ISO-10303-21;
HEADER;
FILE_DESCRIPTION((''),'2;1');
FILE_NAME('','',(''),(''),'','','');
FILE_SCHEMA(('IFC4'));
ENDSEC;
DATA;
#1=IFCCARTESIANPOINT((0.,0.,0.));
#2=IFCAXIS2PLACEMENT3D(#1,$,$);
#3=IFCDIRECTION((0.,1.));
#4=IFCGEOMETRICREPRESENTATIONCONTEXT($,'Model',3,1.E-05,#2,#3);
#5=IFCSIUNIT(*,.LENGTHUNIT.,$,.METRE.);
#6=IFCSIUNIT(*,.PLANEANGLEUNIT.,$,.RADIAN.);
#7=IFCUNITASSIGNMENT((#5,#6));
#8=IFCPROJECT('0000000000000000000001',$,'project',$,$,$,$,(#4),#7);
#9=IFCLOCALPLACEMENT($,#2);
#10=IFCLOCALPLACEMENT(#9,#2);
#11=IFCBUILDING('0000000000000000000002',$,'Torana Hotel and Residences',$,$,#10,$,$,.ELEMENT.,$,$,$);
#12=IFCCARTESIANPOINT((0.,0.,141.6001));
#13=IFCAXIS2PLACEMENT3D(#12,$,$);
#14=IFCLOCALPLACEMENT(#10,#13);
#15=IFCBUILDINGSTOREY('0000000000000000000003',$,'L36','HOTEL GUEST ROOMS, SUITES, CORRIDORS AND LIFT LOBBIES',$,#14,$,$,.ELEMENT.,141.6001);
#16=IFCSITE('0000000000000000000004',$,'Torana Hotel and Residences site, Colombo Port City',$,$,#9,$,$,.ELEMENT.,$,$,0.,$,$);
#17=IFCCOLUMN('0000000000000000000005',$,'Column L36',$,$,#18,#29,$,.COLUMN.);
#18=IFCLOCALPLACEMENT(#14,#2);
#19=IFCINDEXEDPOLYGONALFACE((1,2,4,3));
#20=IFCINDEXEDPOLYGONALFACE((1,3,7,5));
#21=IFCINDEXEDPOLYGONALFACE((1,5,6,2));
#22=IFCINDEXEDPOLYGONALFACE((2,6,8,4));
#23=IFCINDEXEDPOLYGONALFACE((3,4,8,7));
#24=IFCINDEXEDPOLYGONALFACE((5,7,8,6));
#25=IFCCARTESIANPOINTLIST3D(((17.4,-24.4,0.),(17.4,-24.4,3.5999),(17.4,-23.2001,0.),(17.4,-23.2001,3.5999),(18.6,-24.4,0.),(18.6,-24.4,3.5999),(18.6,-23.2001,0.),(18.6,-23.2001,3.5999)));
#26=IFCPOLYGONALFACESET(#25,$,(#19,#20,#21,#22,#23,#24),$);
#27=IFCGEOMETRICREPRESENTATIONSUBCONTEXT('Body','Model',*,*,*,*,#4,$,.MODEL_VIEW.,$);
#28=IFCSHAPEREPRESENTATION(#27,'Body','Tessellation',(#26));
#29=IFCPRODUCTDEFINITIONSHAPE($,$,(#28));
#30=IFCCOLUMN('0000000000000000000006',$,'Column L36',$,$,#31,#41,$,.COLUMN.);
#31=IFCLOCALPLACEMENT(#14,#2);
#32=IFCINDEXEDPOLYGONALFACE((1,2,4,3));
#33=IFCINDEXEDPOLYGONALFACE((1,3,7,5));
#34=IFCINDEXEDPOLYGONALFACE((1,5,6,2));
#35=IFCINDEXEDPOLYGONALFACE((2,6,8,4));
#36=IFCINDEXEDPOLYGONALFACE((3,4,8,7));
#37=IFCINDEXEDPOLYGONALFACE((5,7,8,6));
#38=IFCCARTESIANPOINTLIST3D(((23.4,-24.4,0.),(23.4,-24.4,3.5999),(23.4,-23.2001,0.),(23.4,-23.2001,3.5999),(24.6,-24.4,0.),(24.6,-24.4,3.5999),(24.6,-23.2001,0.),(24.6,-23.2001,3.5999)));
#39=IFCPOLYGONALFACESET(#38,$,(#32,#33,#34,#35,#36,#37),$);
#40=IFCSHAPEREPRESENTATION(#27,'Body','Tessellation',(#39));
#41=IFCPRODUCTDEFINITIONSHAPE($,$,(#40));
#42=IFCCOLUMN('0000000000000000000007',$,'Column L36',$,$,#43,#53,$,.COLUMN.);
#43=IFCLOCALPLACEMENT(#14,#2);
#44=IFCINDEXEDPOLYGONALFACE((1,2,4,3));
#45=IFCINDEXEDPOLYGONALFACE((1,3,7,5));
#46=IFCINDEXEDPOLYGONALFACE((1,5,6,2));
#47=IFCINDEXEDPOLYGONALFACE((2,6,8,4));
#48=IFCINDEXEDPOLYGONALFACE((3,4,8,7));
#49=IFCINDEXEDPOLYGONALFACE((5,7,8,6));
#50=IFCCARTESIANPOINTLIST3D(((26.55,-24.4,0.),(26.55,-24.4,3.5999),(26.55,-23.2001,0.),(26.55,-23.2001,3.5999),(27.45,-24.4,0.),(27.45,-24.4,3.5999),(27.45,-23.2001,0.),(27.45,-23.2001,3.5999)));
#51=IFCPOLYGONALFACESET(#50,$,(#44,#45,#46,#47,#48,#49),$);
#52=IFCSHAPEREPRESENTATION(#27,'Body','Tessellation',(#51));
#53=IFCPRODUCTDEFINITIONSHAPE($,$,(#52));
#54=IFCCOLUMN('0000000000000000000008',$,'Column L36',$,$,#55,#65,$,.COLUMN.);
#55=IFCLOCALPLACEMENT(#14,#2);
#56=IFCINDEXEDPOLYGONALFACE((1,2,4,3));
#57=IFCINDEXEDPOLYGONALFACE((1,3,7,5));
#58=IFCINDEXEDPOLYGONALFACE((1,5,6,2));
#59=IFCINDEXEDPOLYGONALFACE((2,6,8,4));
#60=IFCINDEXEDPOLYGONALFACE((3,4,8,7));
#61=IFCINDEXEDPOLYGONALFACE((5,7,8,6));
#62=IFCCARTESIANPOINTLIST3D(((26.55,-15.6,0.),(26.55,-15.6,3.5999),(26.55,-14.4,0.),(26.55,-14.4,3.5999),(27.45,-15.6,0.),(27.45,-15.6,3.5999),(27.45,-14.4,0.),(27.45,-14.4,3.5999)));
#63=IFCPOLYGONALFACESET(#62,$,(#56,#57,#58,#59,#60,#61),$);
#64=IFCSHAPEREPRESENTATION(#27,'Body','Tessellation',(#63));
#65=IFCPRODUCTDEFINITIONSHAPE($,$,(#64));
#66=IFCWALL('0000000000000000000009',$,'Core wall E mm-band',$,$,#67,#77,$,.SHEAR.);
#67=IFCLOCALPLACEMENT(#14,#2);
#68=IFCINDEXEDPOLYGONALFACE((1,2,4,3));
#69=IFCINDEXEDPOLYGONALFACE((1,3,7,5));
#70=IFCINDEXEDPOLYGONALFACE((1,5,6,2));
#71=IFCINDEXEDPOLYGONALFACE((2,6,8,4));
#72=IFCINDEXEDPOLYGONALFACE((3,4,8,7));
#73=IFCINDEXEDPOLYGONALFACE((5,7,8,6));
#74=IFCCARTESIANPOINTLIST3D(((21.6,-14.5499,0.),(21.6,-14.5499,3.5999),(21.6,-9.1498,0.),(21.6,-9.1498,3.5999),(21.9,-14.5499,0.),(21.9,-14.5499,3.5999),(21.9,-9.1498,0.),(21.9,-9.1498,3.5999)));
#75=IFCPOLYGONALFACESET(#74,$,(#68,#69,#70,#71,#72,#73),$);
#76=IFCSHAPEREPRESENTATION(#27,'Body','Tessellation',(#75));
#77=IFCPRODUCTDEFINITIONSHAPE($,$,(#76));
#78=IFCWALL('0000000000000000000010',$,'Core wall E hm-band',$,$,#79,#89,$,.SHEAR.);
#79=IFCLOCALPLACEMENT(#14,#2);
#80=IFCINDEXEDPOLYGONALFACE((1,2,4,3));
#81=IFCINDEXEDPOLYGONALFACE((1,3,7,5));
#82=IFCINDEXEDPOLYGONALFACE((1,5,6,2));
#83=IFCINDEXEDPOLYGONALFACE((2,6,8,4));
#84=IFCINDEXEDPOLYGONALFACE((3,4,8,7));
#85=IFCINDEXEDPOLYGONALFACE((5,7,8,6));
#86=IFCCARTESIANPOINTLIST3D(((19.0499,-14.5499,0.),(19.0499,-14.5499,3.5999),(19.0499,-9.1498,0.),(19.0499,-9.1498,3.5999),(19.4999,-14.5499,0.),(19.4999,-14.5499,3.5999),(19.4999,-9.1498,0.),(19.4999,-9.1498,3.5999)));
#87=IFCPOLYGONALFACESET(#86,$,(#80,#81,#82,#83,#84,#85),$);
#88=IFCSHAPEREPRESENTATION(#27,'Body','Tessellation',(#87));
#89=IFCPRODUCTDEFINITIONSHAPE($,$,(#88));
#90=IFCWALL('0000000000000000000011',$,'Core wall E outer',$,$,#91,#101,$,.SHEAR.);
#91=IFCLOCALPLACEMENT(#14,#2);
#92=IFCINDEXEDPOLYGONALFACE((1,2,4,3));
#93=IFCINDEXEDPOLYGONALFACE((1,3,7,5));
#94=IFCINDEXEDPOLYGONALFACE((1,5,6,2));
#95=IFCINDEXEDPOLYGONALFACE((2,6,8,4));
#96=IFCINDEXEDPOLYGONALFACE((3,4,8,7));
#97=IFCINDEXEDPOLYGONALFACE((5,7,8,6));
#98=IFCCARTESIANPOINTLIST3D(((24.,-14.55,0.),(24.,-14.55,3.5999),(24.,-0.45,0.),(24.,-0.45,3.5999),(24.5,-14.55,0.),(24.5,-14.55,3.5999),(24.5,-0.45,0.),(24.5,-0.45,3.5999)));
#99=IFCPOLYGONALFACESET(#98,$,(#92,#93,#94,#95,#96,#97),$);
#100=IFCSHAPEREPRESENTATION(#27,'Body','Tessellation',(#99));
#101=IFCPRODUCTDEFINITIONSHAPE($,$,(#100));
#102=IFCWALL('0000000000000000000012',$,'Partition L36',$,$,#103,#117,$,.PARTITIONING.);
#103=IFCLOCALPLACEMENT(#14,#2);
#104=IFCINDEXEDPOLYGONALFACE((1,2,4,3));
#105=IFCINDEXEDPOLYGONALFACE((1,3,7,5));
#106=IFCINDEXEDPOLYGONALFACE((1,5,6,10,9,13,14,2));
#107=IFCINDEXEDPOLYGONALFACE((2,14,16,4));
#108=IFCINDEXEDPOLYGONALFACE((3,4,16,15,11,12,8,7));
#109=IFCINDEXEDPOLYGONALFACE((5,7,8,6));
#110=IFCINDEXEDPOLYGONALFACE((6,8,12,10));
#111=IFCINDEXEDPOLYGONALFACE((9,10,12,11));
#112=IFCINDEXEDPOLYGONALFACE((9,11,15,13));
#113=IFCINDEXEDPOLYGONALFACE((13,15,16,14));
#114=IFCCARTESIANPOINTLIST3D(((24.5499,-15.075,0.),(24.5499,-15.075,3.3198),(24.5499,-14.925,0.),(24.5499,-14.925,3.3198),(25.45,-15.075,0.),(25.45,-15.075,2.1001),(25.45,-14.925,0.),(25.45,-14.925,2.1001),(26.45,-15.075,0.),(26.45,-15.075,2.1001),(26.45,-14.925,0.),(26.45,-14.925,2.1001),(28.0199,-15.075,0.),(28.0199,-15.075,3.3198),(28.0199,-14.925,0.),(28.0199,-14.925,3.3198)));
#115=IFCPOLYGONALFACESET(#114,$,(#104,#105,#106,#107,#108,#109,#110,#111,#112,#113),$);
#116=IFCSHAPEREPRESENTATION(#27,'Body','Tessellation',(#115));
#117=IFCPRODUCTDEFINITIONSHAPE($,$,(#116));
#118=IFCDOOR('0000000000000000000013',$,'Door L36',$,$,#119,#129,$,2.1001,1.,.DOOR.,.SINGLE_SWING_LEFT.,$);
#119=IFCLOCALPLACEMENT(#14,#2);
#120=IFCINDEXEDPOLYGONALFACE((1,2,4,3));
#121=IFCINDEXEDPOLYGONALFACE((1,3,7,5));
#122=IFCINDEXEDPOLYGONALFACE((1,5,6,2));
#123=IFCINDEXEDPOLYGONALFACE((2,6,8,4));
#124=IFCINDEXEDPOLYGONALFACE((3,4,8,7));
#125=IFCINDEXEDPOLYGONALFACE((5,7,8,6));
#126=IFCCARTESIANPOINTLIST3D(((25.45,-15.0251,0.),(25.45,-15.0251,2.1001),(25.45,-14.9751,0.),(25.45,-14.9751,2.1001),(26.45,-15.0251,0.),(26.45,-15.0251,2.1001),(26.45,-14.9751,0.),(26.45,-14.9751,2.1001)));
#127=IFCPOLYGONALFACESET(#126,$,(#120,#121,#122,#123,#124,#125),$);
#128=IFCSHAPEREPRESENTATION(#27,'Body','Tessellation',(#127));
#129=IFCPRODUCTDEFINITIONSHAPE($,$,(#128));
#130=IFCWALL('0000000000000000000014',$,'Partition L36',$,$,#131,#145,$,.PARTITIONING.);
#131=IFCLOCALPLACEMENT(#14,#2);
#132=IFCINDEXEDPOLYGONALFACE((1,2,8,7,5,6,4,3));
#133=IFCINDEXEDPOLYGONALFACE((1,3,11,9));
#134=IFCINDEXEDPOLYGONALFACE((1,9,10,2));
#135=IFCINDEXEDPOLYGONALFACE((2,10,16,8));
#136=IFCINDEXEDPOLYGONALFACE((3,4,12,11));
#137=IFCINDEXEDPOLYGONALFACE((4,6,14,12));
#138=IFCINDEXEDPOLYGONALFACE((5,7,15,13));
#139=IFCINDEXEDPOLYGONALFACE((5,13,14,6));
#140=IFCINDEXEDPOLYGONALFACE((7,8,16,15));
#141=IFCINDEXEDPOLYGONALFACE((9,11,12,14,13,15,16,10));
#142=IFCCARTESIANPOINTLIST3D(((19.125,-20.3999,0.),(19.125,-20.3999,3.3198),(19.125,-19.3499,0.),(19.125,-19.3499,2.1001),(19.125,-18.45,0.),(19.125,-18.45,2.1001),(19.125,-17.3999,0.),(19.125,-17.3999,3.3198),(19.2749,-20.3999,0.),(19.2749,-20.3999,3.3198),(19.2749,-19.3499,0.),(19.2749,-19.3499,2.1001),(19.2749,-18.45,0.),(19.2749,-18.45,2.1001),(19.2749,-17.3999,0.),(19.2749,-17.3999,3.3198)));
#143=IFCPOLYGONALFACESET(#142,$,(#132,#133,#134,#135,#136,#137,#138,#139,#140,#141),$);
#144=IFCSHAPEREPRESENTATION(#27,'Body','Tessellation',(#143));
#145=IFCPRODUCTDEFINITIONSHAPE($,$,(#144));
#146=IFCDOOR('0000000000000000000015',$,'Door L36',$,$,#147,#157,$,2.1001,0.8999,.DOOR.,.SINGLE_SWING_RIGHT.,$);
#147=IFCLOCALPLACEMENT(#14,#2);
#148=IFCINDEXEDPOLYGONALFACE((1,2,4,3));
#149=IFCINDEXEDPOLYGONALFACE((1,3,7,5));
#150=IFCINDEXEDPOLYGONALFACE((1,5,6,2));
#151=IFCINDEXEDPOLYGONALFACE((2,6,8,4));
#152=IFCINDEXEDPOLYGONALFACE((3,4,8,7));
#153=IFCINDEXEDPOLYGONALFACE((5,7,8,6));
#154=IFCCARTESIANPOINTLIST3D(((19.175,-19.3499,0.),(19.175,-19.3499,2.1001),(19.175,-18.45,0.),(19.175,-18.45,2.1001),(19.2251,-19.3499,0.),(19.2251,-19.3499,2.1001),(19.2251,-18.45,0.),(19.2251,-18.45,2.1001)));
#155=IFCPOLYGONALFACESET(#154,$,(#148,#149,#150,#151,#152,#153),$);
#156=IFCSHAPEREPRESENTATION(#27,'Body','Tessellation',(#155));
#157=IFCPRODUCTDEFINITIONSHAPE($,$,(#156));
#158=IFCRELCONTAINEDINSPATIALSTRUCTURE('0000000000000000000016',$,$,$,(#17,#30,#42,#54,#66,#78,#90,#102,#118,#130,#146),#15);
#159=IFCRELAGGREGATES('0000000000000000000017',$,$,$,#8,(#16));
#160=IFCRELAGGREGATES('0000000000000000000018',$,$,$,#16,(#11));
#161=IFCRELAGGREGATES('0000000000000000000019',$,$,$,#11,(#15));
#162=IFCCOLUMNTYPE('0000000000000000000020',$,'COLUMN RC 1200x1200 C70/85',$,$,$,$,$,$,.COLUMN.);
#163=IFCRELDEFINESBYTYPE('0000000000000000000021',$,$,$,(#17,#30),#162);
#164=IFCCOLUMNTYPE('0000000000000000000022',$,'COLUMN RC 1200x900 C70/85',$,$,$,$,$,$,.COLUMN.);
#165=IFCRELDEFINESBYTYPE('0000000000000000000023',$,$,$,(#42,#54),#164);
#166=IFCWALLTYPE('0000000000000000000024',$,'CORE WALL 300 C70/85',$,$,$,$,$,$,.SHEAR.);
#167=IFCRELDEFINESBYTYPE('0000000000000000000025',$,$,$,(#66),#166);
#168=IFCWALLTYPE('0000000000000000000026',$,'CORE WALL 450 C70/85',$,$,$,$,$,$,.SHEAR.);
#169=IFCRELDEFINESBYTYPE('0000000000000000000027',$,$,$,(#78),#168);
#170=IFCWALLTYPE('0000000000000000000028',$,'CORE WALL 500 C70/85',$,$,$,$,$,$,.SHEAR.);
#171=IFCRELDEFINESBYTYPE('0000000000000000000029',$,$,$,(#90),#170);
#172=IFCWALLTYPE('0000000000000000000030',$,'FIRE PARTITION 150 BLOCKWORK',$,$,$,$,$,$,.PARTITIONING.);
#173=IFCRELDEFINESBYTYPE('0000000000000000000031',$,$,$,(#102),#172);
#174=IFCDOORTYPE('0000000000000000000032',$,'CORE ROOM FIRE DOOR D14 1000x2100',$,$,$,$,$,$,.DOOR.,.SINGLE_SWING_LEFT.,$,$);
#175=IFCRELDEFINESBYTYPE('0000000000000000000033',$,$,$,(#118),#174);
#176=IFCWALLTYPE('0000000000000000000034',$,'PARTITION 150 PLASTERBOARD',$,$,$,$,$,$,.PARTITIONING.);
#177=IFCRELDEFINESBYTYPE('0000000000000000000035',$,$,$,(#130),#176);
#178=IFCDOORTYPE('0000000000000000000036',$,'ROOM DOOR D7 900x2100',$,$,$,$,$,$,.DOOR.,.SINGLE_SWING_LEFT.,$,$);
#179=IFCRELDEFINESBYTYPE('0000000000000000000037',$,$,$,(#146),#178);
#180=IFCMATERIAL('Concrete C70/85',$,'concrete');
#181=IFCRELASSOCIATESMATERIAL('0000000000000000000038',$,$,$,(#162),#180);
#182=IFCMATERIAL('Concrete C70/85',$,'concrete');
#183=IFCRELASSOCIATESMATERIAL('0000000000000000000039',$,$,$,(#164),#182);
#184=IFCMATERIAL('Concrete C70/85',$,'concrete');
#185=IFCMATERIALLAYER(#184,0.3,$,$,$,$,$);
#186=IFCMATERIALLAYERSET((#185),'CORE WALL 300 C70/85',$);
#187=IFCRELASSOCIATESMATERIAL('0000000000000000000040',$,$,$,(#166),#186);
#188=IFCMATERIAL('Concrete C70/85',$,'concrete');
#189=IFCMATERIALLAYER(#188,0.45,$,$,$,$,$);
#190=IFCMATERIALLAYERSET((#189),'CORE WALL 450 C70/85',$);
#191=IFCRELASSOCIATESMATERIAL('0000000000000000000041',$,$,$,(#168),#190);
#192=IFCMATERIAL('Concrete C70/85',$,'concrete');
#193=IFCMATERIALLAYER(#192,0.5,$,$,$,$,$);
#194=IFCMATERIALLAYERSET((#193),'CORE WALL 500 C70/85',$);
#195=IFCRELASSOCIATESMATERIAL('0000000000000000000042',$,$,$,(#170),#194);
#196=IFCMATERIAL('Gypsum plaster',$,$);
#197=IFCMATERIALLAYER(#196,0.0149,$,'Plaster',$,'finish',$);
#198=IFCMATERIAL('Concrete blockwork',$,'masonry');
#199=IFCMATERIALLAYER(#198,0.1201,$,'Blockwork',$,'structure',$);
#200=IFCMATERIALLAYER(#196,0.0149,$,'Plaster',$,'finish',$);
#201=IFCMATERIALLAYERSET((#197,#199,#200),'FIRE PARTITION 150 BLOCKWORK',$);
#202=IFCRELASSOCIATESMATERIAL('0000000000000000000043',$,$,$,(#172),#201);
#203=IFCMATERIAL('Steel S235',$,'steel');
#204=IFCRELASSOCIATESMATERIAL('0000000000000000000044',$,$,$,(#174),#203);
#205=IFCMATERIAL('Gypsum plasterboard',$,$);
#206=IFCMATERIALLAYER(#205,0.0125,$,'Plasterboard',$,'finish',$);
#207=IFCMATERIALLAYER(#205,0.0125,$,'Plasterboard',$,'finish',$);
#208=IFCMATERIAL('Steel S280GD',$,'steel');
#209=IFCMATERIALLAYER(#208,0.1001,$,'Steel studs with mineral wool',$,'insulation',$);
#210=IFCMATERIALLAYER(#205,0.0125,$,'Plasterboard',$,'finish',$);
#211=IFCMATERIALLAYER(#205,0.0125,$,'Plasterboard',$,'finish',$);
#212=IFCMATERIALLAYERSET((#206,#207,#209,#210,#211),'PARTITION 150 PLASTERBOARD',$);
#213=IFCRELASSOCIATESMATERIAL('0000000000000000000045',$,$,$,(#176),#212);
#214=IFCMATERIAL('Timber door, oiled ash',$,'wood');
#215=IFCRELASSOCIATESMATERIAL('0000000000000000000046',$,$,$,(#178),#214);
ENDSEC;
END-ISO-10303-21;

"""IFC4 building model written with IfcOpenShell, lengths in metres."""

from ifc_helpers import new_model, si_unit, direction, frame, frame_2d, origin, origin_2d, place, context, subcontext, project, spatial, rectangle, extrude, material, layer, layer_set, material_profile, profile_set, type_object, element, fill, save


model = new_model("IFC4")

# Units and contexts
model_context = context("Model", 3, precision=1e-05, world=origin(), true_north=direction((0.0, 1.0)))
body_context = subcontext(model_context, "Body", "Model", "MODEL_VIEW")
ifc_project = project(units=[si_unit("LENGTHUNIT", "METRE"), si_unit("PLANEANGLEUNIT", "RADIAN")], contexts=[model_context])

# Site, building, storey
site_placement = place(None, origin())
site = spatial("IfcSite", under=ifc_project, at=site_placement, Name="Torana Hotel and Residences site, Colombo Port City", CompositionType="ELEMENT", RefElevation=0.0)
building_placement = place(site_placement, origin())
building = spatial("IfcBuilding", under=site, at=building_placement, Name="Torana Hotel and Residences", CompositionType="ELEMENT")
storey_placement = place(building_placement, frame((0.0, 0.0, 141.6001)))
storey = spatial("IfcBuildingStorey", under=building, at=storey_placement, Name="L36", Description="HOTEL GUEST ROOMS, SUITES, CORRIDORS AND LIFT LOBBIES", CompositionType="ELEMENT", Elevation=141.6001)

# Columns
ifc_material_1 = material(Name="Concrete C70/85", Category="concrete")
ifc_material_profile_1 = material_profile(ifc_material_1, rectangle(XDim=1.2, YDim=1.2, at=origin_2d()), Name="RC 1200x1200")
ifc_profile_set_1 = profile_set([ifc_material_profile_1], Name="Concrete C70/85")
column_type_1 = type_object("IfcColumnType", Name="COLUMN RC 1200x1200 C70/85", PredefinedType="COLUMN", material=ifc_profile_set_1)
for number, where, z_axis, x_axis, name in (
    (1, (18.0, -23.8, 0.0), (0.0, 0.0, 1.0), (1.0, 0.0, 0.0), "Column L36"),
    (2, (24.0, -23.8, 0.0), (0.0, 0.0, 1.0), (1.0, 0.0, 0.0), "Column L36"),
):
    element("IfcColumn", number, at=place(storey_placement, frame(where, z_axis=z_axis, x_axis=x_axis)), inside=storey, type_object=column_type_1, Name=name, PredefinedType="COLUMN", context=body_context, shape_type="SweptSolid", body=[
        extrude(rectangle(XDim=1.2, YDim=1.2, at=origin_2d()), origin(), (0.0, 0.0, 1.0), 3.5999),
    ])
ifc_material_2 = material(Name="Concrete C70/85", Category="concrete")
ifc_material_profile_2 = material_profile(ifc_material_2, rectangle(XDim=1.2, YDim=0.8999, at=origin_2d()), Name="RC 1200x900")
ifc_profile_set_2 = profile_set([ifc_material_profile_2], Name="Concrete C70/85")
column_type_2 = type_object("IfcColumnType", Name="COLUMN RC 1200x900 C70/85", PredefinedType="COLUMN", material=ifc_profile_set_2)
for number, where, z_axis, x_axis, name in (
    (3, (27.0, -23.8, 0.0), (0.0, 0.0, 1.0), (0.0, 1.0, 0.0), "Column L36"),
    (4, (27.0, -15.0, 0.0), (0.0, 0.0, 1.0), (0.0, 1.0, 0.0), "Column L36"),
):
    element("IfcColumn", number, at=place(storey_placement, frame(where, z_axis=z_axis, x_axis=x_axis)), inside=storey, type_object=column_type_2, Name=name, PredefinedType="COLUMN", context=body_context, shape_type="SweptSolid", body=[
        extrude(rectangle(XDim=1.2, YDim=0.8999, at=origin_2d()), origin(), (0.0, 0.0, 1.0), 3.5999),
    ])

# Walls
ifc_material_3 = material(Name="Concrete C70/85", Category="concrete")
ifc_layer_1 = layer(ifc_material_3, 0.3)
ifc_layer_set_1 = layer_set([ifc_layer_1], Name="CORE WALL 300 C70/85")
wall_type_1 = type_object("IfcWallType", Name="CORE WALL 300 C70/85", PredefinedType="SHEAR", material=ifc_layer_set_1)
wall_1_placement = place(storey_placement, frame((21.75, -14.55, 0.0), z_axis=(0.0, 0.0, 1.0), x_axis=(0.0, 1.0, 0.0)))
element("IfcWall", 5, at=wall_1_placement, inside=storey, type_object=wall_type_1, Name="Core wall E mm-band", PredefinedType="SHEAR", context=body_context, shape_type="SweptSolid", body=[
    extrude(rectangle(XDim=5.4001, YDim=0.3, at=frame_2d((2.7002, 0.0))), origin(), (0.0, 0.0, 1.0), 3.5999),
])
ifc_material_4 = material(Name="Concrete C70/85", Category="concrete")
ifc_layer_2 = layer(ifc_material_4, 0.45)
ifc_layer_set_2 = layer_set([ifc_layer_2], Name="CORE WALL 450 C70/85")
wall_type_2 = type_object("IfcWallType", Name="CORE WALL 450 C70/85", PredefinedType="SHEAR", material=ifc_layer_set_2)
wall_2_placement = place(storey_placement, frame((19.2749, -14.55, 0.0), z_axis=(0.0, 0.0, 1.0), x_axis=(0.0, 1.0, 0.0)))
element("IfcWall", 6, at=wall_2_placement, inside=storey, type_object=wall_type_2, Name="Core wall E hm-band", PredefinedType="SHEAR", context=body_context, shape_type="SweptSolid", body=[
    extrude(rectangle(XDim=5.4001, YDim=0.45, at=frame_2d((2.7002, 0.0))), origin(), (0.0, 0.0, 1.0), 3.5999),
])
ifc_material_5 = material(Name="Concrete C70/85", Category="concrete")
ifc_layer_3 = layer(ifc_material_5, 0.5)
ifc_layer_set_3 = layer_set([ifc_layer_3], Name="CORE WALL 500 C70/85")
wall_type_3 = type_object("IfcWallType", Name="CORE WALL 500 C70/85", PredefinedType="SHEAR", material=ifc_layer_set_3)
wall_3_placement = place(storey_placement, frame((24.25, -14.55, 0.0), z_axis=(0.0, 0.0, 1.0), x_axis=(0.0, 1.0, 0.0)))
element("IfcWall", 7, at=wall_3_placement, inside=storey, type_object=wall_type_3, Name="Core wall E outer", PredefinedType="SHEAR", context=body_context, shape_type="SweptSolid", body=[
    extrude(rectangle(XDim=14.1001, YDim=0.5, at=frame_2d((7.05, 0.0))), origin(), (0.0, 0.0, 1.0), 3.5999),
])

# Walls, openings, doors
ifc_material_6 = material(Name="Gypsum plaster")
ifc_layer_4 = layer(ifc_material_6, 0.0149, Name="Plaster", Category="finish")
ifc_material_7 = material(Name="Concrete blockwork", Category="masonry")
ifc_layer_5 = layer(ifc_material_7, 0.1201, Name="Blockwork", Category="structure")
ifc_layer_6 = layer(ifc_material_6, 0.0149, Name="Plaster", Category="finish")
ifc_layer_set_4 = layer_set([ifc_layer_4, ifc_layer_5, ifc_layer_6], Name="FIRE PARTITION 150 BLOCKWORK")
wall_type_4 = type_object("IfcWallType", Name="FIRE PARTITION 150 BLOCKWORK", PredefinedType="PARTITIONING", material=ifc_layer_set_4)
wall_4_placement = place(storey_placement, frame((24.55, -15.0, 0.0), z_axis=(0.0, 0.0, 1.0), x_axis=(1.0, 0.0, 0.0)))
wall_4 = element("IfcWall", 8, at=wall_4_placement, inside=storey, type_object=wall_type_4, Name="Partition L36", PredefinedType="PARTITIONING", context=body_context, shape_type="SweptSolid", body=[
    extrude(rectangle(XDim=3.47, YDim=0.1499, at=frame_2d((1.7349, 0.0))), origin(), (0.0, 0.0, 1.0), 3.3198),
])
opening_1_placement = place(wall_4_placement, frame((0.8999, 0.0, 0.0)))
opening_1 = element("IfcOpeningElement", 9, at=opening_1_placement, cuts=wall_4, PredefinedType="OPENING", context=body_context, shape_type="SweptSolid", body=[
    extrude(rectangle(XDim=1.0, YDim=2.1001, at=frame_2d((0.5, 1.05))), frame((0.0, 0.085, 0.0), z_axis=(0.0, -1.0, 0.0), x_axis=(1.0, 0.0, 0.0)), (0.0, 0.0, 1.0), 0.1699),
])
ifc_material_8 = material(Name="Steel S235", Category="steel")
door_type_1 = type_object("IfcDoorType", Name="CORE ROOM FIRE DOOR D14 1000x2100", OperationType="SINGLE_SWING_LEFT", PredefinedType="DOOR", material=ifc_material_8)
door_1_placement = place(opening_1_placement, origin())
door_1 = element("IfcDoor", 10, at=door_1_placement, inside=storey, type_object=door_type_1, Name="Door L36", OperationType="SINGLE_SWING_LEFT", OverallHeight=2.1001, OverallWidth=1.0, PredefinedType="DOOR", context=body_context, shape_type="SweptSolid", body=[
    extrude(rectangle(XDim=1.0, YDim=2.1001, at=frame_2d((0.5, 1.05))), frame((0.0, 0.0249, 0.0), z_axis=(0.0, -1.0, 0.0), x_axis=(1.0, 0.0, 0.0)), (0.0, 0.0, 1.0), 0.05),
])
fill(opening_1, door_1)
ifc_material_9 = material(Name="Gypsum plasterboard")
ifc_layer_7 = layer(ifc_material_9, 0.0125, Name="Plasterboard", Category="finish")
ifc_layer_8 = layer(ifc_material_9, 0.0125, Name="Plasterboard", Category="finish")
ifc_material_10 = material(Name="Steel S280GD", Category="steel")
ifc_layer_9 = layer(ifc_material_10, 0.1001, Name="Steel studs with mineral wool", Category="insulation")
ifc_layer_10 = layer(ifc_material_9, 0.0125, Name="Plasterboard", Category="finish")
ifc_layer_11 = layer(ifc_material_9, 0.0125, Name="Plasterboard", Category="finish")
ifc_layer_set_5 = layer_set([ifc_layer_7, ifc_layer_8, ifc_layer_9, ifc_layer_10, ifc_layer_11], Name="PARTITION 150 PLASTERBOARD")
wall_type_5 = type_object("IfcWallType", Name="PARTITION 150 PLASTERBOARD", PredefinedType="PARTITIONING", material=ifc_layer_set_5)
wall_5_placement = place(storey_placement, frame((19.2, -20.3999, 0.0), z_axis=(0.0, 0.0, 1.0), x_axis=(0.0, 1.0, 0.0)))
wall_5 = element("IfcWall", 11, at=wall_5_placement, inside=storey, type_object=wall_type_5, Name="Partition L36", PredefinedType="PARTITIONING", context=body_context, shape_type="SweptSolid", body=[
    extrude(rectangle(XDim=3.0, YDim=0.1499, at=frame_2d((1.5, 0.0))), origin(), (0.0, 0.0, 1.0), 3.3198),
])
opening_2_placement = place(wall_5_placement, frame((1.05, 0.0, 0.0)))
opening_2 = element("IfcOpeningElement", 12, at=opening_2_placement, cuts=wall_5, PredefinedType="OPENING", context=body_context, shape_type="SweptSolid", body=[
    extrude(rectangle(XDim=0.8999, YDim=2.1001, at=frame_2d((0.45, 1.05))), frame((0.0, 0.085, 0.0), z_axis=(0.0, -1.0, 0.0), x_axis=(1.0, 0.0, 0.0)), (0.0, 0.0, 1.0), 0.1699),
])
ifc_material_11 = material(Name="Timber door, oiled ash", Category="wood")
door_type_2 = type_object("IfcDoorType", Name="ROOM DOOR D7 900x2100", OperationType="SINGLE_SWING_LEFT", PredefinedType="DOOR", material=ifc_material_11)
door_2_placement = place(opening_2_placement, origin())
door_2 = element("IfcDoor", 13, at=door_2_placement, inside=storey, type_object=door_type_2, Name="Door L36", OperationType="SINGLE_SWING_RIGHT", OverallHeight=2.1001, OverallWidth=0.8999, PredefinedType="DOOR", context=body_context, shape_type="SweptSolid", body=[
    extrude(rectangle(XDim=0.8999, YDim=2.1001, at=frame_2d((0.45, 1.05))), frame((0.0, 0.0249, 0.0), z_axis=(0.0, -1.0, 0.0), x_axis=(1.0, 0.0, 0.0)), (0.0, 0.0, 1.0), 0.05),
])
fill(opening_2, door_2)

save(model, "model.ifc")
